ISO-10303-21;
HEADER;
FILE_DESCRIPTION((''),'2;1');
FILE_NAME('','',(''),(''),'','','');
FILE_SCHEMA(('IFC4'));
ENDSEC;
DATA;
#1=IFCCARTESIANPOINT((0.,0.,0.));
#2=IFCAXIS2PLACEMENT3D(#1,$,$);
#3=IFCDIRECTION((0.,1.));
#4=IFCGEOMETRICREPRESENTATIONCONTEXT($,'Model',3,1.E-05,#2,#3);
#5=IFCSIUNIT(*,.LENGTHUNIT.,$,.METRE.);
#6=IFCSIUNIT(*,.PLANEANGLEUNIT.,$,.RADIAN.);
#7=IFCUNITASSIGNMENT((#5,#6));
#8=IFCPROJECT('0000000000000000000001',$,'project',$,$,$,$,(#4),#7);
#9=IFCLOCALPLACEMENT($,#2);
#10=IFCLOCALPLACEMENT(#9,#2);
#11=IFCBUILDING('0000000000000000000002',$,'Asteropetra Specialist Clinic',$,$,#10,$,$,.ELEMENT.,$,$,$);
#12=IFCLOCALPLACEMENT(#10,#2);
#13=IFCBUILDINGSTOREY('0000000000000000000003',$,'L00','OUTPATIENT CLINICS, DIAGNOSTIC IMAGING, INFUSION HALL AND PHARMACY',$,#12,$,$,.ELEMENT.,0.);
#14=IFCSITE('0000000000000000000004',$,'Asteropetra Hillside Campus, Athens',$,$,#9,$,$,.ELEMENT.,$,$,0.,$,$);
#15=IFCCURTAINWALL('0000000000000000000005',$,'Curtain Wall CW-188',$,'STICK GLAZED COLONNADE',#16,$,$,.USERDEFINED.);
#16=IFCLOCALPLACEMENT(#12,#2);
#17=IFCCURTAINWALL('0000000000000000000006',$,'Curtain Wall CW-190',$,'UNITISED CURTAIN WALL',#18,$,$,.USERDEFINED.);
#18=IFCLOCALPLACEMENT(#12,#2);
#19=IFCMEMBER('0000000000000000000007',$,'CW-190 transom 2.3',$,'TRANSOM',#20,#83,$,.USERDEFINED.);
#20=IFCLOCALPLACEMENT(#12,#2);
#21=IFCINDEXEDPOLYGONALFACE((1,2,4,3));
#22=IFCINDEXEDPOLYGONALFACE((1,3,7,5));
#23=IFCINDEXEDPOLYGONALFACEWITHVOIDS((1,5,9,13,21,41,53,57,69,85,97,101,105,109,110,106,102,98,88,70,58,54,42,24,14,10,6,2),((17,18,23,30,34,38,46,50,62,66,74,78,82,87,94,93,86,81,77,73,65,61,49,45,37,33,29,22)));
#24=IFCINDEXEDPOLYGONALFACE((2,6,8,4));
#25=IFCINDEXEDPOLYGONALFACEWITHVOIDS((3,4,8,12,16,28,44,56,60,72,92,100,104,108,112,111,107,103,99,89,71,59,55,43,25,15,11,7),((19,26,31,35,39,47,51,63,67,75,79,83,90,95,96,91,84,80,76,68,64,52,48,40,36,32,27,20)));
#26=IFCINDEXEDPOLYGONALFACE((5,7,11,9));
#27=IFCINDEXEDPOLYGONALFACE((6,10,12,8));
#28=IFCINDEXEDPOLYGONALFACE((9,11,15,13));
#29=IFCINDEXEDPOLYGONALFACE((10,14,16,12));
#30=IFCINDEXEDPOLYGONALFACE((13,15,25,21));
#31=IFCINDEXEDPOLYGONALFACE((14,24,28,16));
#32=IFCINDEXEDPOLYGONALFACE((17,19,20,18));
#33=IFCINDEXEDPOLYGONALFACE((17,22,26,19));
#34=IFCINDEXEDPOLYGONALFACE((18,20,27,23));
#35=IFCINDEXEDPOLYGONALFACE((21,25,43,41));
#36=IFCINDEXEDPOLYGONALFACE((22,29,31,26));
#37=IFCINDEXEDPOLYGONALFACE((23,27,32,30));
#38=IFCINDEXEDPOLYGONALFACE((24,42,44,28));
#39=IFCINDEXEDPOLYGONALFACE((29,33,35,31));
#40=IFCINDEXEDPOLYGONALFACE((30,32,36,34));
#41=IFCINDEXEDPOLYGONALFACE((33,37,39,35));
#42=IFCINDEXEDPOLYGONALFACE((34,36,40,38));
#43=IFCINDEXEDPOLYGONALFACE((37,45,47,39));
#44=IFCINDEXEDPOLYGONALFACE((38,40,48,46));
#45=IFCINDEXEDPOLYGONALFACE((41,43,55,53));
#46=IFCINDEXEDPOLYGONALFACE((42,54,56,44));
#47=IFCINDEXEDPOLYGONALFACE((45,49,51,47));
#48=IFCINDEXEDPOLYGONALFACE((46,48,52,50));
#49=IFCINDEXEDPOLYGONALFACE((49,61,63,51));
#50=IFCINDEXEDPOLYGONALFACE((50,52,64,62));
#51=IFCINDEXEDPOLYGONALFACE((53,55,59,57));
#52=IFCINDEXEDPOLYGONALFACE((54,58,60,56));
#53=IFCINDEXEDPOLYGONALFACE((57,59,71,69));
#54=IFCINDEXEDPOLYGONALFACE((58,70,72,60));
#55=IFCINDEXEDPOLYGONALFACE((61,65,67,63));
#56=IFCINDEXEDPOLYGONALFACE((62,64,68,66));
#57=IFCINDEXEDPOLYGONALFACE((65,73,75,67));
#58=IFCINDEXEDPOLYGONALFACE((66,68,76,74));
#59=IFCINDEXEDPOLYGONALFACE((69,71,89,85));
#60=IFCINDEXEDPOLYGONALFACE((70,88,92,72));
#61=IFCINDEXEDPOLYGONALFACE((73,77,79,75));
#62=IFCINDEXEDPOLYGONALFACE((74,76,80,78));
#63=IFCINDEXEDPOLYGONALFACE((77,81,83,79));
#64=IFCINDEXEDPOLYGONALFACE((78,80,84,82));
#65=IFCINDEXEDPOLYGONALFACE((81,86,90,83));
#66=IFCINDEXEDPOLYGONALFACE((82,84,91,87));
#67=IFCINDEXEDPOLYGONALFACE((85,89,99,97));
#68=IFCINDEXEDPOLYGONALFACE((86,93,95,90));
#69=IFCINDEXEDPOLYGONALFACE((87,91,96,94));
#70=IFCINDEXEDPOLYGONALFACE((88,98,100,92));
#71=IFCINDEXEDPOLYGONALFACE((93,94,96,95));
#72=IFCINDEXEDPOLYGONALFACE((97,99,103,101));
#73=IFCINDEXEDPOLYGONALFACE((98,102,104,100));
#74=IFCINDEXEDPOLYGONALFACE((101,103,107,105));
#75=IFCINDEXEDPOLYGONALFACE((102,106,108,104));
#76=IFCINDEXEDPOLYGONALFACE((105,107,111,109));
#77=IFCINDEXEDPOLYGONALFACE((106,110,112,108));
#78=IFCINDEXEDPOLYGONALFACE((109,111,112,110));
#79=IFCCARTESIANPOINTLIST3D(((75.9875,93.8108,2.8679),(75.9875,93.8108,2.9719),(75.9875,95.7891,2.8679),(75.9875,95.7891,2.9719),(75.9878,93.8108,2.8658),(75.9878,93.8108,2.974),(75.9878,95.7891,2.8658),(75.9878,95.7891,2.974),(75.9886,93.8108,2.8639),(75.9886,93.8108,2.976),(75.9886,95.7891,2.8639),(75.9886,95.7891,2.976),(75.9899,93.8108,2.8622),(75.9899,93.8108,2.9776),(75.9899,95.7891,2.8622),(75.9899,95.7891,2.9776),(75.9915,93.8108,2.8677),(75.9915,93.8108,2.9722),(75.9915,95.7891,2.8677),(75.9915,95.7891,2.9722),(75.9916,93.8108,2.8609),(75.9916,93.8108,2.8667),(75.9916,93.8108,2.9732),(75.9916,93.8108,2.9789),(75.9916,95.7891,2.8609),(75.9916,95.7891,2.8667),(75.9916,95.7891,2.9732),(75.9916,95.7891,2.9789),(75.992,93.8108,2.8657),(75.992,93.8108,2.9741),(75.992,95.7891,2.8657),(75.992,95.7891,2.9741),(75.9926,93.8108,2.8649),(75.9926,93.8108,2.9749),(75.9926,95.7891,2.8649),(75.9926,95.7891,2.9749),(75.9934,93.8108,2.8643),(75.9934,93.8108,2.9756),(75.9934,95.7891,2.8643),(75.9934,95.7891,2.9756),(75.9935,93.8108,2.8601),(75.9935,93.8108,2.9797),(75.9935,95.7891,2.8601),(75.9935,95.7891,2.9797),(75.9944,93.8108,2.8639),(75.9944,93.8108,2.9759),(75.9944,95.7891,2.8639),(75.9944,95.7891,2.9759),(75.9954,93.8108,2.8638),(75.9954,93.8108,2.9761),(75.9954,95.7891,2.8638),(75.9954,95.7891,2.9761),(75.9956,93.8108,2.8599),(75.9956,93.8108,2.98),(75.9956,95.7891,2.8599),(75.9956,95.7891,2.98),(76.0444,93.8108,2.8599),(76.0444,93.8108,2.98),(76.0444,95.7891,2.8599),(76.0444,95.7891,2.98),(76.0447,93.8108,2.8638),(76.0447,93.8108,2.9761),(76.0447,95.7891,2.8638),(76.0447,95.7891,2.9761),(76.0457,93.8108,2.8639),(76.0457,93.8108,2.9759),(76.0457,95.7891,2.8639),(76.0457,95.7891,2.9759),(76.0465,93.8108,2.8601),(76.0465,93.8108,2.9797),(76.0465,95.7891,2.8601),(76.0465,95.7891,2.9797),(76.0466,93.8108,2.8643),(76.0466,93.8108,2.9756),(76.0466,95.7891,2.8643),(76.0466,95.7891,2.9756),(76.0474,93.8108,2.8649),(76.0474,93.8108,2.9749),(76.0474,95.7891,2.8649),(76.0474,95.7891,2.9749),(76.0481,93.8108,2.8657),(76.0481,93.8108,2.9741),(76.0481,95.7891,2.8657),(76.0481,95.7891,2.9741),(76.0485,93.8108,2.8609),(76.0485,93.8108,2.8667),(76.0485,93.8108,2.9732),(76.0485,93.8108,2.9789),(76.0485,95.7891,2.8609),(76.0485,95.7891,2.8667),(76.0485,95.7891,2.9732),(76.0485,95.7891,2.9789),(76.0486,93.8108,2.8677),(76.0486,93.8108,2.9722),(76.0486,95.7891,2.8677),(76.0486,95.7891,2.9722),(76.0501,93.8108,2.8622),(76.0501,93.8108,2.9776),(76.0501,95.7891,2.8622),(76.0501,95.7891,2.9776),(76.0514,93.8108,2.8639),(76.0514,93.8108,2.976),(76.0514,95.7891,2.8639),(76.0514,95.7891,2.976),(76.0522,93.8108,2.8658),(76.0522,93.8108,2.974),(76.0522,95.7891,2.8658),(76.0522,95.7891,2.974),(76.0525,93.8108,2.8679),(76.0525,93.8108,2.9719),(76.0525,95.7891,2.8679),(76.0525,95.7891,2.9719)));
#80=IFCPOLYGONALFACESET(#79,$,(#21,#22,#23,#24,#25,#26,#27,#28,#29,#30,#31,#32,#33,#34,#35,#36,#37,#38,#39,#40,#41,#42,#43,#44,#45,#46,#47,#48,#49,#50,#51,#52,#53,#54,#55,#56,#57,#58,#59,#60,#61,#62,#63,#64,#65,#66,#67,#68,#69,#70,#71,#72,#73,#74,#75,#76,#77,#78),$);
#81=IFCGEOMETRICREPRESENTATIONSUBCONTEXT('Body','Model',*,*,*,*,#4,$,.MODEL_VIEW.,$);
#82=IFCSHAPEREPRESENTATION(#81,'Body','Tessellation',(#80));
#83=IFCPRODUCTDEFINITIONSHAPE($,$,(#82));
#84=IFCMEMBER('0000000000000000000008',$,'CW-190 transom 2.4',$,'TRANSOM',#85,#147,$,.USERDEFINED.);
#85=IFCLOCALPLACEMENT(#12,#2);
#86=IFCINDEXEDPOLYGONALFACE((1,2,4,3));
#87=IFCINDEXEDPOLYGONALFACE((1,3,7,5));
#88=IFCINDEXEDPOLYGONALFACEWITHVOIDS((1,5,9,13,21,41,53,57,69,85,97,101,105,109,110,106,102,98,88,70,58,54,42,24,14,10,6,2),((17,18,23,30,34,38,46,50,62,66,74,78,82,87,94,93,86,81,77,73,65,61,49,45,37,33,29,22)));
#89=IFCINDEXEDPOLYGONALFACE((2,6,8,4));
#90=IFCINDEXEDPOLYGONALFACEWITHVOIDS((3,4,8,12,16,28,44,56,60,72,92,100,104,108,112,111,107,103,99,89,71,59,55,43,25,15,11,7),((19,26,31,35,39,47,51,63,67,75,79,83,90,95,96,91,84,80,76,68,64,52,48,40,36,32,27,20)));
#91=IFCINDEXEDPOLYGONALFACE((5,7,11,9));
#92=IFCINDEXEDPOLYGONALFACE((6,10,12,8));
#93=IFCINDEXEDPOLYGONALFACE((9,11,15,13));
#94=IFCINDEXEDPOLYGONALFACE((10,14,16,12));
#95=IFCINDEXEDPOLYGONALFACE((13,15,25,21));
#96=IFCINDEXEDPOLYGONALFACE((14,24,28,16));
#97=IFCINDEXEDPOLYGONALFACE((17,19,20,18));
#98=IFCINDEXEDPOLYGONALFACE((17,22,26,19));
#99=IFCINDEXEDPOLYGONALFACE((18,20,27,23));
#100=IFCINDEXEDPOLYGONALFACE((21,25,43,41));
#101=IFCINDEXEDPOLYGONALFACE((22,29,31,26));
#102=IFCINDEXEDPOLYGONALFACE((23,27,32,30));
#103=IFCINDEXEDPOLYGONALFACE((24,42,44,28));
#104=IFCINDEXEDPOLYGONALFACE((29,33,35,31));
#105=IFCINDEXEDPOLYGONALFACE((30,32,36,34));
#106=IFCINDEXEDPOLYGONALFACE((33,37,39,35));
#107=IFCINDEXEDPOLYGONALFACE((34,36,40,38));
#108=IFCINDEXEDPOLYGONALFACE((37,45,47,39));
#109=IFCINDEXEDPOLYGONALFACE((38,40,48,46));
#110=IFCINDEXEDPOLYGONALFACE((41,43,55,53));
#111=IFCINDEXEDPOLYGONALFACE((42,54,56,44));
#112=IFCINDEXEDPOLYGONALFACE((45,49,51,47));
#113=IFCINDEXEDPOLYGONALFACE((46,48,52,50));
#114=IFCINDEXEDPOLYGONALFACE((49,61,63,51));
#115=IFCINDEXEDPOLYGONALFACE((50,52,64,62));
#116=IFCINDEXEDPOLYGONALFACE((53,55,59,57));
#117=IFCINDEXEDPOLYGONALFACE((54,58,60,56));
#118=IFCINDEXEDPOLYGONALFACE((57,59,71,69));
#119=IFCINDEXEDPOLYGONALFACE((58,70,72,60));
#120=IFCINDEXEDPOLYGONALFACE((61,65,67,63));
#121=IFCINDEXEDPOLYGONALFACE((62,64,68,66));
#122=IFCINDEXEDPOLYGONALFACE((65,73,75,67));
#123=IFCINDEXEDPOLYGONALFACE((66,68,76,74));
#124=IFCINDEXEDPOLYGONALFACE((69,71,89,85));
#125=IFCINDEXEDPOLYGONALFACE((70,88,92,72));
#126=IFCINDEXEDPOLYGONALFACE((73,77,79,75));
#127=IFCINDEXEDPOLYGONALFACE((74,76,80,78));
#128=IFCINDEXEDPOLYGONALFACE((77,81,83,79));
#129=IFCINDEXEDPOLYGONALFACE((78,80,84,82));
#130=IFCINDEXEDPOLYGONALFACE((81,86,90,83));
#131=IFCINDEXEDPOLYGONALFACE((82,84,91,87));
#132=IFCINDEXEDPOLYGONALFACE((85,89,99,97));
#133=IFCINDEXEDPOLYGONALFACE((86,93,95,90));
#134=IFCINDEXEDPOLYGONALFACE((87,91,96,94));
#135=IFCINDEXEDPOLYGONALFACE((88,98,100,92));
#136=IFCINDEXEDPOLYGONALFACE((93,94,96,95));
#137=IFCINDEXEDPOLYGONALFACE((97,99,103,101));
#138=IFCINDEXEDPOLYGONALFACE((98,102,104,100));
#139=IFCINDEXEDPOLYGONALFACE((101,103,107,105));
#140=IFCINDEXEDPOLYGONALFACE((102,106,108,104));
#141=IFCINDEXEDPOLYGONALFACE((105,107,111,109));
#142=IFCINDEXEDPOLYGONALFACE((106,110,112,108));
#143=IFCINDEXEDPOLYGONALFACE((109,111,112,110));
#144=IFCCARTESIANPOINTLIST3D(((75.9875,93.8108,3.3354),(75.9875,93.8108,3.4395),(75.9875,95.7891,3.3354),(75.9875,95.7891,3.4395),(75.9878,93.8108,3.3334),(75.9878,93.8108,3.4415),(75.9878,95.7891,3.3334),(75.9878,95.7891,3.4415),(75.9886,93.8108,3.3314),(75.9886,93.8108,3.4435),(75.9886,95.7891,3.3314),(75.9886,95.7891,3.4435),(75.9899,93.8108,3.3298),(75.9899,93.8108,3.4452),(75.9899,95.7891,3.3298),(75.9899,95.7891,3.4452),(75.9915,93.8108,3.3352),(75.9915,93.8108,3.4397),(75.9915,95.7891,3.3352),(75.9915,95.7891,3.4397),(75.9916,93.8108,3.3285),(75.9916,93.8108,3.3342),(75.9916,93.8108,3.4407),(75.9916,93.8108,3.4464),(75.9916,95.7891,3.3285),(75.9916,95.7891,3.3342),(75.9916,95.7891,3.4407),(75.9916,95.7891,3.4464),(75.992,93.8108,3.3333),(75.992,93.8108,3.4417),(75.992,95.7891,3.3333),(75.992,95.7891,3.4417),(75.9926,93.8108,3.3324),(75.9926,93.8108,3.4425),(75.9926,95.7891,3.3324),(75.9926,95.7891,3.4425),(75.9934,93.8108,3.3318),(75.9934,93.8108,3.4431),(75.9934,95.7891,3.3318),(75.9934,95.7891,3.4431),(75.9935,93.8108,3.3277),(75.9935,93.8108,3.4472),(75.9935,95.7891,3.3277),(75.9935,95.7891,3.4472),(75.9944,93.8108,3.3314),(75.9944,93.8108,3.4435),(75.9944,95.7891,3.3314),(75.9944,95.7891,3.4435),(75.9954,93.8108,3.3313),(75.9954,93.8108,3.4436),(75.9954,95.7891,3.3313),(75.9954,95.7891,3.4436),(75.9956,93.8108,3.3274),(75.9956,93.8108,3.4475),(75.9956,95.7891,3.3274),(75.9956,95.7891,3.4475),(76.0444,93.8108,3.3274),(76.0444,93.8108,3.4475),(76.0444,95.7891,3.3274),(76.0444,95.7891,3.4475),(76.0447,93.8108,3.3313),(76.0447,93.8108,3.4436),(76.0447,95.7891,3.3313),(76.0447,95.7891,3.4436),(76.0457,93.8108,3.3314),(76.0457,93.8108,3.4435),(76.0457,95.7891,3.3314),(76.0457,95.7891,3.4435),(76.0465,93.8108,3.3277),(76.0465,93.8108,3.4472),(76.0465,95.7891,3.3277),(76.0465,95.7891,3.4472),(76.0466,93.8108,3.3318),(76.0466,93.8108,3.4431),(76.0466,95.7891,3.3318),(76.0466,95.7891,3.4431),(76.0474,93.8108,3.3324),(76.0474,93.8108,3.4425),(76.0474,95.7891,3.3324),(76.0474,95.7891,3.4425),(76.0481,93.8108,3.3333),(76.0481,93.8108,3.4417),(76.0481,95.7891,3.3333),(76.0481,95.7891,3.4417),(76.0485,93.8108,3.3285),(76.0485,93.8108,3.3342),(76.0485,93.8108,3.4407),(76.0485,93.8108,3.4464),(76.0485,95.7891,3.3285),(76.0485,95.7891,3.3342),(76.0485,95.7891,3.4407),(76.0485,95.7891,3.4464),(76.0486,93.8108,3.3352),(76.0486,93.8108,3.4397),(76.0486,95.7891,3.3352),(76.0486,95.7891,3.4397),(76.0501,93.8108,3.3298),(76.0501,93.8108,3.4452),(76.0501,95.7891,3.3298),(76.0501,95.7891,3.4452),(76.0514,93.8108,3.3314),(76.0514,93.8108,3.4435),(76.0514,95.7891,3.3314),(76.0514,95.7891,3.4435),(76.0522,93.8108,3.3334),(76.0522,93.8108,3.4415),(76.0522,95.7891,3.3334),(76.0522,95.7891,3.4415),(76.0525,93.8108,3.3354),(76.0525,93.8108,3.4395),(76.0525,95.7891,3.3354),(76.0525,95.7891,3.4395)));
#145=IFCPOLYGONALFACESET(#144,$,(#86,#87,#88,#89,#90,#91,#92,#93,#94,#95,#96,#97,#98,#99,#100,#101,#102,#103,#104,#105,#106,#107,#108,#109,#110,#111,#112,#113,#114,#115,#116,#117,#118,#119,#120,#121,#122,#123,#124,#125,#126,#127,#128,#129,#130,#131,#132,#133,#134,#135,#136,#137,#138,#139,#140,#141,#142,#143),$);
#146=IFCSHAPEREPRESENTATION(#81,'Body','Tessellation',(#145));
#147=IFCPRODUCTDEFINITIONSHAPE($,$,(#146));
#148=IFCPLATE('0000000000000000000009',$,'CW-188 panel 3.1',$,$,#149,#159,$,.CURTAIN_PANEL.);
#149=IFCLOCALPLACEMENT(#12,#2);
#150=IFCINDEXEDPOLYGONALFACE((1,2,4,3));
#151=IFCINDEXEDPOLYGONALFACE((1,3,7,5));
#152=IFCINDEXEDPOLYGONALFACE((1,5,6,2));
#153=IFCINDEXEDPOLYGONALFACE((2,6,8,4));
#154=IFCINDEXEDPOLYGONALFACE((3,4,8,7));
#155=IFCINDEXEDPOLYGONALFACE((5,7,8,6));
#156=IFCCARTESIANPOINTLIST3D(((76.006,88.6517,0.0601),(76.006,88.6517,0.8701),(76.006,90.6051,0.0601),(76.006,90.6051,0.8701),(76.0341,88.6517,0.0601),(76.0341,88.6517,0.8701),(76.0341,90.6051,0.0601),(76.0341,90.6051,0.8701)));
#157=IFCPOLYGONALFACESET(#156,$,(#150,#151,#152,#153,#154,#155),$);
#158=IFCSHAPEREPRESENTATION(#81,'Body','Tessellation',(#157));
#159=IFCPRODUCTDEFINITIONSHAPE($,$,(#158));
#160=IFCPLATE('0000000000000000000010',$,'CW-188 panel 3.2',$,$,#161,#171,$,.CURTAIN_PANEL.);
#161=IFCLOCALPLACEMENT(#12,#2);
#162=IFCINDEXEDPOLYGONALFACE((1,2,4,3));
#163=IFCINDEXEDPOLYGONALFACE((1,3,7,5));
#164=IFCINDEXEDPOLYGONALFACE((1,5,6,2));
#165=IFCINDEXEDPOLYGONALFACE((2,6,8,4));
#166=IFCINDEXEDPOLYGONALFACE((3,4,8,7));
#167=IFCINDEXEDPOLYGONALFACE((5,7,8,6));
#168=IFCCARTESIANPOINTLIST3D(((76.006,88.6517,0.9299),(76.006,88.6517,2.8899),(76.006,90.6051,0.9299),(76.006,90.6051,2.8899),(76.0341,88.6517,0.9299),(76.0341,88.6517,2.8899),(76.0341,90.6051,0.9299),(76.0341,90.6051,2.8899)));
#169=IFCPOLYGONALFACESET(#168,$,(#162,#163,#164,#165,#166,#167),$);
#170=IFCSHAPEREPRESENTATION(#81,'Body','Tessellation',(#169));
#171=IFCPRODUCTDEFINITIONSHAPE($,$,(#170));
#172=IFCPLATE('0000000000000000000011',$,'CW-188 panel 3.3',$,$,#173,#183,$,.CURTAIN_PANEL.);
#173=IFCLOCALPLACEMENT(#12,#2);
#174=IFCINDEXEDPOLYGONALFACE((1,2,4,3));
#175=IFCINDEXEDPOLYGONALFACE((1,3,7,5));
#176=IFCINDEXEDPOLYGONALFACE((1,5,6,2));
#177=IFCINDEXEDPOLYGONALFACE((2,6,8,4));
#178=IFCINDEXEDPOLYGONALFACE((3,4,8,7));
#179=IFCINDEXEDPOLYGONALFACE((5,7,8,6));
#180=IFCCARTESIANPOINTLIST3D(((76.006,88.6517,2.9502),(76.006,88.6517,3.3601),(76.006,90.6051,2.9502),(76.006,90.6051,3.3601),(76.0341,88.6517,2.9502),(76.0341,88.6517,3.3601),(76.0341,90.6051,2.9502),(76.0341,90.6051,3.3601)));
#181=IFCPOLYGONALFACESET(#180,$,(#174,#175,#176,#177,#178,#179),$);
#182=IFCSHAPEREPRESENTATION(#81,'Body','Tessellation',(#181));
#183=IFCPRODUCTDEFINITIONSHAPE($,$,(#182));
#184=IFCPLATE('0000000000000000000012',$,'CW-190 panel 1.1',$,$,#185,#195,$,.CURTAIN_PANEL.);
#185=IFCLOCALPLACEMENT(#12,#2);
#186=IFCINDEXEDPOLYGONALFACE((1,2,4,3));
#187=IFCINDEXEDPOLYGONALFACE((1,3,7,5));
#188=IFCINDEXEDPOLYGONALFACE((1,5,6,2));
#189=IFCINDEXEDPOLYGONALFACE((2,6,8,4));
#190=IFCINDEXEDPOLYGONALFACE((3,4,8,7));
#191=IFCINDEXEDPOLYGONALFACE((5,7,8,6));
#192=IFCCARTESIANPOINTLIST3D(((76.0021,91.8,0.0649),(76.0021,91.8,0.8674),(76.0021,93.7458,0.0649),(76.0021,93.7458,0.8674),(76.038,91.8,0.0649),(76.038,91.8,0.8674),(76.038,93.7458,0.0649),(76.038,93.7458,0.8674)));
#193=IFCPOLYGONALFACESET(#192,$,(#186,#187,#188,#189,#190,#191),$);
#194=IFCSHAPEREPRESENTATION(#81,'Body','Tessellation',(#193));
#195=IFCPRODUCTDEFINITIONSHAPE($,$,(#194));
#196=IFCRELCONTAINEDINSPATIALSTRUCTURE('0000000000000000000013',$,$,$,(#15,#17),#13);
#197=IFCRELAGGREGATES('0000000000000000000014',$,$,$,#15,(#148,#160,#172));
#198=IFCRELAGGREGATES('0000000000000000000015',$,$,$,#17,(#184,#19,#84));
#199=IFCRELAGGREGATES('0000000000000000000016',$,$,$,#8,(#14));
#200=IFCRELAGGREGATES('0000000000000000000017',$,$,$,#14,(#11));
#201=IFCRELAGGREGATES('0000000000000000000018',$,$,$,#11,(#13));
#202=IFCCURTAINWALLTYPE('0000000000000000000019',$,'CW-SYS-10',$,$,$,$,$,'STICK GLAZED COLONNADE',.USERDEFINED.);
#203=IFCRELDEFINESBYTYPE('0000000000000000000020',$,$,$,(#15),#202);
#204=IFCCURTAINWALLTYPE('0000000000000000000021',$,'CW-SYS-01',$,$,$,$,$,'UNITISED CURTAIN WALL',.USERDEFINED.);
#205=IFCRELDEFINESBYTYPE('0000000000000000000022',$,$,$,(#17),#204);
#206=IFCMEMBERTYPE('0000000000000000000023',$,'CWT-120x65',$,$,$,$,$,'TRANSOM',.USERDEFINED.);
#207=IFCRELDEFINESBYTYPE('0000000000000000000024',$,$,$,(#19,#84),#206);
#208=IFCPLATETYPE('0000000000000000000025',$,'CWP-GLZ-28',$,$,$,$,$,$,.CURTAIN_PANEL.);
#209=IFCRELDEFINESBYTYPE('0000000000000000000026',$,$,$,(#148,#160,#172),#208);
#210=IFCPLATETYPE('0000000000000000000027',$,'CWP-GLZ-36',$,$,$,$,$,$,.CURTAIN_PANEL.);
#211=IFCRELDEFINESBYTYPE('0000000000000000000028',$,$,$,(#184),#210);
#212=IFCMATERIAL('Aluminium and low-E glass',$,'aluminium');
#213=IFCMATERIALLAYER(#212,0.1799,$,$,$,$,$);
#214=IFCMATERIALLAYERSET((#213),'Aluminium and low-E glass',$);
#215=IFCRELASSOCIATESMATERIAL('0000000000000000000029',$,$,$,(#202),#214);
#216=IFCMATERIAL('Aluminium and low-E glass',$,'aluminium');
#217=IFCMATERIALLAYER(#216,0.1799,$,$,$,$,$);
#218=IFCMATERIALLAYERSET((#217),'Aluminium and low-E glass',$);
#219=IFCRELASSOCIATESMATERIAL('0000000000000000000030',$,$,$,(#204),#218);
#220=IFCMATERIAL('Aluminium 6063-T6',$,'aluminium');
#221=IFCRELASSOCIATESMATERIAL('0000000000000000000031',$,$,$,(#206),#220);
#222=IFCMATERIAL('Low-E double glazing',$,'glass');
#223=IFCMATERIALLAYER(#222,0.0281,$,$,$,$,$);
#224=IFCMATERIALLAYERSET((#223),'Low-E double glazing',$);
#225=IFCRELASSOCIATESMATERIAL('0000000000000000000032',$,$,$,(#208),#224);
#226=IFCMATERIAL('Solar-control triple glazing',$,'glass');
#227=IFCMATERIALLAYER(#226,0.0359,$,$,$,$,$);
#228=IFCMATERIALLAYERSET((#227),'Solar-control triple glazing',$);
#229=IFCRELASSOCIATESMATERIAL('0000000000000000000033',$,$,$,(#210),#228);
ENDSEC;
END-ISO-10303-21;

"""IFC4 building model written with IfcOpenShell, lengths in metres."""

from ifc_helpers import new_model, si_unit, direction, frame, origin, origin_2d, place, context, subcontext, project, spatial, rectangle, hollow_rectangle, extrude, material, layer, layer_set, material_profile, profile_set, type_object, element, aggregate, save


model = new_model("IFC4")

# Units and contexts
model_context = context("Model", 3, precision=1e-05, world=origin(), true_north=direction((0.0, 1.0)))
body_context = subcontext(model_context, "Body", "Model", "MODEL_VIEW")
ifc_project = project(units=[si_unit("LENGTHUNIT", "METRE"), si_unit("PLANEANGLEUNIT", "RADIAN")], contexts=[model_context])

# Site, building, storey
site_placement = place(None, origin())
site = spatial("IfcSite", under=ifc_project, at=site_placement, Name="Asteropetra Hillside Campus, Athens", CompositionType="ELEMENT", RefElevation=0.0)
building_placement = place(site_placement, origin())
building = spatial("IfcBuilding", under=site, at=building_placement, Name="Asteropetra Specialist Clinic", CompositionType="ELEMENT")
storey_placement = place(building_placement, origin())
storey = spatial("IfcBuildingStorey", under=building, at=storey_placement, Name="L00", Description="OUTPATIENT CLINICS, DIAGNOSTIC IMAGING, INFUSION HALL AND PHARMACY", CompositionType="ELEMENT", Elevation=0.0)

# Curtain wall
ifc_material_1 = material(Name="Aluminium and low-E glass", Category="aluminium")
ifc_layer_1 = layer(ifc_material_1, 0.1799)
ifc_layer_set_1 = layer_set([ifc_layer_1], Name="Aluminium and low-E glass")
curtain_wall_type_1 = type_object("IfcCurtainWallType", Name="CW-SYS-10", ElementType="STICK GLAZED COLONNADE", PredefinedType="USERDEFINED", material=ifc_layer_set_1)
curtain_wall_1_placement = place(storey_placement, origin())
curtain_wall_1 = element("IfcCurtainWall", 1, at=curtain_wall_1_placement, inside=storey, type_object=curtain_wall_type_1, Name="Curtain Wall CW-188", ObjectType="STICK GLAZED COLONNADE", PredefinedType="USERDEFINED")

# Curtain wall
ifc_material_2 = material(Name="Aluminium and low-E glass", Category="aluminium")
ifc_layer_2 = layer(ifc_material_2, 0.1799)
ifc_layer_set_2 = layer_set([ifc_layer_2], Name="Aluminium and low-E glass")
curtain_wall_type_2 = type_object("IfcCurtainWallType", Name="CW-SYS-01", ElementType="UNITISED CURTAIN WALL", PredefinedType="USERDEFINED", material=ifc_layer_set_2)
curtain_wall_2_placement = place(storey_placement, origin())
curtain_wall_2 = element("IfcCurtainWall", 2, at=curtain_wall_2_placement, inside=storey, type_object=curtain_wall_type_2, Name="Curtain Wall CW-190", ObjectType="UNITISED CURTAIN WALL", PredefinedType="USERDEFINED")

# Members
ifc_material_3 = material(Name="Aluminium 6063-T6", Category="aluminium")
ifc_material_profile_1 = material_profile(ifc_material_3, hollow_rectangle(XDim=0.0649, YDim=0.1201, WallThickness=0.0039, InnerFilletRadius=0.0039, OuterFilletRadius=0.0081, at=origin_2d()), Name="TRN 120x65x4.0")
ifc_profile_set_1 = profile_set([ifc_material_profile_1], Name="Aluminium 6063-T6")
member_type_1 = type_object("IfcMemberType", Name="CWT-120x65", ElementType="TRANSOM", PredefinedType="USERDEFINED", material=ifc_profile_set_1)
member_1_placement = place(storey_placement, frame((76.02, 93.8108, 2.9199), z_axis=(0.0, 1.0, 0.0), x_axis=(-1.0, 0.0, 0.0)))
member_1 = element("IfcMember", 3, at=member_1_placement, type_object=member_type_1, Name="CW-190 transom 2.3", ObjectType="TRANSOM", PredefinedType="USERDEFINED", context=body_context, shape_type="SweptSolid", body=[
    extrude(hollow_rectangle(XDim=0.0649, YDim=0.1201, WallThickness=0.0039, InnerFilletRadius=0.0039, OuterFilletRadius=0.0081, at=origin_2d()), origin(), (0.0, 0.0, 1.0), 1.9783),
])
member_2_placement = place(storey_placement, frame((76.02, 93.8108, 3.3875), z_axis=(0.0, 1.0, 0.0), x_axis=(-1.0, 0.0, 0.0)))
member_2 = element("IfcMember", 4, at=member_2_placement, type_object=member_type_1, Name="CW-190 transom 2.4", ObjectType="TRANSOM", PredefinedType="USERDEFINED", context=body_context, shape_type="SweptSolid", body=[
    extrude(hollow_rectangle(XDim=0.0649, YDim=0.1201, WallThickness=0.0039, InnerFilletRadius=0.0039, OuterFilletRadius=0.0081, at=origin_2d()), origin(), (0.0, 0.0, 1.0), 1.9783),
])

# Plates
ifc_material_4 = material(Name="Low-E double glazing", Category="glass")
ifc_layer_3 = layer(ifc_material_4, 0.0281)
ifc_layer_set_3 = layer_set([ifc_layer_3], Name="Low-E double glazing")
plate_type_1 = type_object("IfcPlateType", Name="CWP-GLZ-28", PredefinedType="CURTAIN_PANEL", material=ifc_layer_set_3)
plate_1_placement = place(storey_placement, frame((76.02, 89.6284, 0.0601), z_axis=(0.0, 0.0, 1.0), x_axis=(0.0, 1.0, 0.0)))
plate_1 = element("IfcPlate", 5, at=plate_1_placement, type_object=plate_type_1, Name="CW-188 panel 3.1", PredefinedType="CURTAIN_PANEL", context=body_context, shape_type="SweptSolid", body=[
    extrude(rectangle(XDim=1.9534, YDim=0.0281, at=origin_2d()), origin(), (0.0, 0.0, 1.0), 0.8101),
])
plate_2_placement = place(storey_placement, frame((76.02, 89.6284, 0.9299), z_axis=(0.0, 0.0, 1.0), x_axis=(0.0, 1.0, 0.0)))
plate_2 = element("IfcPlate", 6, at=plate_2_placement, type_object=plate_type_1, Name="CW-188 panel 3.2", PredefinedType="CURTAIN_PANEL", context=body_context, shape_type="SweptSolid", body=[
    extrude(rectangle(XDim=1.9534, YDim=0.0281, at=origin_2d()), origin(), (0.0, 0.0, 1.0), 1.96),
])
plate_3_placement = place(storey_placement, frame((76.02, 89.6284, 2.9502), z_axis=(0.0, 0.0, 1.0), x_axis=(0.0, 1.0, 0.0)))
plate_3 = element("IfcPlate", 7, at=plate_3_placement, type_object=plate_type_1, Name="CW-188 panel 3.3", PredefinedType="CURTAIN_PANEL", context=body_context, shape_type="SweptSolid", body=[
    extrude(rectangle(XDim=1.9534, YDim=0.0281, at=origin_2d()), origin(), (0.0, 0.0, 1.0), 0.4099),
])
aggregate(curtain_wall_1, [plate_1, plate_2, plate_3])
ifc_material_5 = material(Name="Solar-control triple glazing", Category="glass")
ifc_layer_4 = layer(ifc_material_5, 0.0359)
ifc_layer_set_4 = layer_set([ifc_layer_4], Name="Solar-control triple glazing")
plate_type_2 = type_object("IfcPlateType", Name="CWP-GLZ-36", PredefinedType="CURTAIN_PANEL", material=ifc_layer_set_4)
plate_4_placement = place(storey_placement, frame((76.02, 92.7729, 0.0649), z_axis=(0.0, 0.0, 1.0), x_axis=(0.0, 1.0, 0.0)))
plate_4 = element("IfcPlate", 8, at=plate_4_placement, type_object=plate_type_2, Name="CW-190 panel 1.1", PredefinedType="CURTAIN_PANEL", context=body_context, shape_type="SweptSolid", body=[
    extrude(rectangle(XDim=1.9458, YDim=0.0359, at=origin_2d()), origin(), (0.0, 0.0, 1.0), 0.8025),
])
aggregate(curtain_wall_2, [plate_4, member_1, member_2])

save(model, "model.ifc")
